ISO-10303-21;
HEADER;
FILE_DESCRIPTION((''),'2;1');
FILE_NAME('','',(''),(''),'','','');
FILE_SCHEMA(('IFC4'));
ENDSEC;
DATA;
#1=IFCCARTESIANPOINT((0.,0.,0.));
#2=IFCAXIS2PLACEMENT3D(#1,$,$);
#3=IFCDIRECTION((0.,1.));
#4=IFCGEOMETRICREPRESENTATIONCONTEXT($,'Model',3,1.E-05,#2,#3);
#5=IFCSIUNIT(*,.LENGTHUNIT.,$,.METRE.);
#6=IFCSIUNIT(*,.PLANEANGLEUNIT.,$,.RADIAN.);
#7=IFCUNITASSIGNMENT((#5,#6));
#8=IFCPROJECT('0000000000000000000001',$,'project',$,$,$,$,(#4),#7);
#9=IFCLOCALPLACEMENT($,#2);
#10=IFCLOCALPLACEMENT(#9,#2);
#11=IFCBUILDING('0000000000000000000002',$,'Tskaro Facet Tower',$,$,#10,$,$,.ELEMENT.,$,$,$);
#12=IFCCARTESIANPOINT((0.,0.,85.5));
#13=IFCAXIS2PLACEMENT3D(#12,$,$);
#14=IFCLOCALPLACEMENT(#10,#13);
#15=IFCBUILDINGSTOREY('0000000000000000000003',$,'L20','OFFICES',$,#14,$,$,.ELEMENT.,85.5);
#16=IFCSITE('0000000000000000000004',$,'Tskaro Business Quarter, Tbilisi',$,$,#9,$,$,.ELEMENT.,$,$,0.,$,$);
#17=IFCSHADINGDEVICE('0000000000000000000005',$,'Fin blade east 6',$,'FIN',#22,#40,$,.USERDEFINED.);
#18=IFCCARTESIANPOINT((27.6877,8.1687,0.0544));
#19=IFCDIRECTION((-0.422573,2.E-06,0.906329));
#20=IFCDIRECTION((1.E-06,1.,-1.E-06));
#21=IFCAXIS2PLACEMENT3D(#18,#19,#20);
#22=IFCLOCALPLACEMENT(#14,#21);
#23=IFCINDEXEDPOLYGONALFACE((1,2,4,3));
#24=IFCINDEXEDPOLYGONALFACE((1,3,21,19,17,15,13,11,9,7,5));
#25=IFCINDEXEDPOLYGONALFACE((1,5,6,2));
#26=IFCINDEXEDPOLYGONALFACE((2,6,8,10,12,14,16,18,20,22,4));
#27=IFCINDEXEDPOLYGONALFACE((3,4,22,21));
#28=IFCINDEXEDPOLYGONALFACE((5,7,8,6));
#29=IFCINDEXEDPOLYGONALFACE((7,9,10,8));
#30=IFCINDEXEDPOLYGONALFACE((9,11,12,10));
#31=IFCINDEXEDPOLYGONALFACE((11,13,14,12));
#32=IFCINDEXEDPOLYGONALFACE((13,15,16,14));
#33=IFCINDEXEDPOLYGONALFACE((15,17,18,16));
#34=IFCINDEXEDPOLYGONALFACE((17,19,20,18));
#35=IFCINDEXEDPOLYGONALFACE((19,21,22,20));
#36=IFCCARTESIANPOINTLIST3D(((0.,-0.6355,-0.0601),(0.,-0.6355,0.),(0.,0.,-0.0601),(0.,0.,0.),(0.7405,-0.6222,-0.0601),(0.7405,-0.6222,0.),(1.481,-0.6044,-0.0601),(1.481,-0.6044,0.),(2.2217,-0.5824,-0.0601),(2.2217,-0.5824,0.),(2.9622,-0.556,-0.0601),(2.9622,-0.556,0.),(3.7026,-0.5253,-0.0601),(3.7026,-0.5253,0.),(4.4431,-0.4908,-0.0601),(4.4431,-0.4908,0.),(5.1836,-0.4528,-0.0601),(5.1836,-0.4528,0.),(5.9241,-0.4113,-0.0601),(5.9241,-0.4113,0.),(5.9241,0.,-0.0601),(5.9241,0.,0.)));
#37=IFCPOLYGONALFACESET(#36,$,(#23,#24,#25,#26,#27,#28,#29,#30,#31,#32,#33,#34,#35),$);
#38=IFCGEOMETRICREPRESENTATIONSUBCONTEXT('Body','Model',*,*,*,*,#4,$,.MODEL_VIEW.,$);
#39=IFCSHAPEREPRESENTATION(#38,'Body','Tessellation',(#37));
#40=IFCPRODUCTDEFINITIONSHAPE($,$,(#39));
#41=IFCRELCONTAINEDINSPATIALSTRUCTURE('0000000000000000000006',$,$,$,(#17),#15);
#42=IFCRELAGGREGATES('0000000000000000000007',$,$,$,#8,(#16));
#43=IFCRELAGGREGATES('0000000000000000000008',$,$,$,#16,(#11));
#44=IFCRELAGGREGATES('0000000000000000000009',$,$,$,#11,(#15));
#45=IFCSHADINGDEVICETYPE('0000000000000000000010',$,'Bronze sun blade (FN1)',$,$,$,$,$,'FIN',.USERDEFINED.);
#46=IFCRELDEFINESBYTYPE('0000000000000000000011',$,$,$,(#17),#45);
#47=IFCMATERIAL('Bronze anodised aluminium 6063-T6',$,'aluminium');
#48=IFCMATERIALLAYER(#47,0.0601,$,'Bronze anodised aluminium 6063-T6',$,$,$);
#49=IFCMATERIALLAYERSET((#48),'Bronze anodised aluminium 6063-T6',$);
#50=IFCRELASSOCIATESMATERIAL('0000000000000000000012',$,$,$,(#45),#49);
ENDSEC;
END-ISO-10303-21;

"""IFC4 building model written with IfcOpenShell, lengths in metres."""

from ifc_helpers import new_model, si_unit, direction, frame, origin, place, context, subcontext, project, spatial, polyline, outline, extrude, material, layer, layer_set, type_object, element, save


model = new_model("IFC4")

# Units and contexts
model_context = context("Model", 3, precision=1e-05, world=origin(), true_north=direction((0.0, 1.0)))
body_context = subcontext(model_context, "Body", "Model", "MODEL_VIEW")
ifc_project = project(units=[si_unit("LENGTHUNIT", "METRE"), si_unit("PLANEANGLEUNIT", "RADIAN")], contexts=[model_context])

# Site, building, storey
site_placement = place(None, origin())
site = spatial("IfcSite", under=ifc_project, at=site_placement, Name="Tskaro Business Quarter, Tbilisi", CompositionType="ELEMENT", RefElevation=0.0)
building_placement = place(site_placement, origin())
building = spatial("IfcBuilding", under=site, at=building_placement, Name="Tskaro Facet Tower", CompositionType="ELEMENT")
storey_placement = place(building_placement, frame((0.0, 0.0, 85.5)))
storey = spatial("IfcBuildingStorey", under=building, at=storey_placement, Name="L20", Description="OFFICES", CompositionType="ELEMENT", Elevation=85.5)

# Shared definitions
ifc_material_1 = material(Name="Bronze anodised aluminium 6063-T6", Category="aluminium")

# Shading device
ifc_layer_1 = layer(ifc_material_1, 0.0601, Name="Bronze anodised aluminium 6063-T6")
ifc_layer_set_1 = layer_set([ifc_layer_1], Name="Bronze anodised aluminium 6063-T6")
shading_device_type = type_object("IfcShadingDeviceType", Name="Bronze sun blade (FN1)", ElementType="FIN", PredefinedType="USERDEFINED", material=ifc_layer_set_1)
shading_device_1_placement = place(storey_placement, frame((27.6877, 8.1687, 0.0544), z_axis=(-0.422573, 0.000002, 0.906329), x_axis=(0.000001, 1.0, -0.000001)))
element("IfcShadingDevice", 1, at=shading_device_1_placement, inside=storey, type_object=shading_device_type, Name="Fin blade east 6", ObjectType="FIN", PredefinedType="USERDEFINED", context=body_context, shape_type="SweptSolid", body=[
    extrude(outline(polyline([(0.0, 0.0), (5.9241, 0.0), (5.9241, -0.4113), (5.1836, -0.4528), (4.4431, -0.4908), (3.7026, -0.5253), (2.9622, -0.556), (2.2217, -0.5824), (1.481, -0.6044), (0.7405, -0.6222), (0.0, -0.6355), (0.0, 0.0)])), origin(), (0.0, 0.0, -1.0), 0.0601),
])

save(model, "model.ifc")
